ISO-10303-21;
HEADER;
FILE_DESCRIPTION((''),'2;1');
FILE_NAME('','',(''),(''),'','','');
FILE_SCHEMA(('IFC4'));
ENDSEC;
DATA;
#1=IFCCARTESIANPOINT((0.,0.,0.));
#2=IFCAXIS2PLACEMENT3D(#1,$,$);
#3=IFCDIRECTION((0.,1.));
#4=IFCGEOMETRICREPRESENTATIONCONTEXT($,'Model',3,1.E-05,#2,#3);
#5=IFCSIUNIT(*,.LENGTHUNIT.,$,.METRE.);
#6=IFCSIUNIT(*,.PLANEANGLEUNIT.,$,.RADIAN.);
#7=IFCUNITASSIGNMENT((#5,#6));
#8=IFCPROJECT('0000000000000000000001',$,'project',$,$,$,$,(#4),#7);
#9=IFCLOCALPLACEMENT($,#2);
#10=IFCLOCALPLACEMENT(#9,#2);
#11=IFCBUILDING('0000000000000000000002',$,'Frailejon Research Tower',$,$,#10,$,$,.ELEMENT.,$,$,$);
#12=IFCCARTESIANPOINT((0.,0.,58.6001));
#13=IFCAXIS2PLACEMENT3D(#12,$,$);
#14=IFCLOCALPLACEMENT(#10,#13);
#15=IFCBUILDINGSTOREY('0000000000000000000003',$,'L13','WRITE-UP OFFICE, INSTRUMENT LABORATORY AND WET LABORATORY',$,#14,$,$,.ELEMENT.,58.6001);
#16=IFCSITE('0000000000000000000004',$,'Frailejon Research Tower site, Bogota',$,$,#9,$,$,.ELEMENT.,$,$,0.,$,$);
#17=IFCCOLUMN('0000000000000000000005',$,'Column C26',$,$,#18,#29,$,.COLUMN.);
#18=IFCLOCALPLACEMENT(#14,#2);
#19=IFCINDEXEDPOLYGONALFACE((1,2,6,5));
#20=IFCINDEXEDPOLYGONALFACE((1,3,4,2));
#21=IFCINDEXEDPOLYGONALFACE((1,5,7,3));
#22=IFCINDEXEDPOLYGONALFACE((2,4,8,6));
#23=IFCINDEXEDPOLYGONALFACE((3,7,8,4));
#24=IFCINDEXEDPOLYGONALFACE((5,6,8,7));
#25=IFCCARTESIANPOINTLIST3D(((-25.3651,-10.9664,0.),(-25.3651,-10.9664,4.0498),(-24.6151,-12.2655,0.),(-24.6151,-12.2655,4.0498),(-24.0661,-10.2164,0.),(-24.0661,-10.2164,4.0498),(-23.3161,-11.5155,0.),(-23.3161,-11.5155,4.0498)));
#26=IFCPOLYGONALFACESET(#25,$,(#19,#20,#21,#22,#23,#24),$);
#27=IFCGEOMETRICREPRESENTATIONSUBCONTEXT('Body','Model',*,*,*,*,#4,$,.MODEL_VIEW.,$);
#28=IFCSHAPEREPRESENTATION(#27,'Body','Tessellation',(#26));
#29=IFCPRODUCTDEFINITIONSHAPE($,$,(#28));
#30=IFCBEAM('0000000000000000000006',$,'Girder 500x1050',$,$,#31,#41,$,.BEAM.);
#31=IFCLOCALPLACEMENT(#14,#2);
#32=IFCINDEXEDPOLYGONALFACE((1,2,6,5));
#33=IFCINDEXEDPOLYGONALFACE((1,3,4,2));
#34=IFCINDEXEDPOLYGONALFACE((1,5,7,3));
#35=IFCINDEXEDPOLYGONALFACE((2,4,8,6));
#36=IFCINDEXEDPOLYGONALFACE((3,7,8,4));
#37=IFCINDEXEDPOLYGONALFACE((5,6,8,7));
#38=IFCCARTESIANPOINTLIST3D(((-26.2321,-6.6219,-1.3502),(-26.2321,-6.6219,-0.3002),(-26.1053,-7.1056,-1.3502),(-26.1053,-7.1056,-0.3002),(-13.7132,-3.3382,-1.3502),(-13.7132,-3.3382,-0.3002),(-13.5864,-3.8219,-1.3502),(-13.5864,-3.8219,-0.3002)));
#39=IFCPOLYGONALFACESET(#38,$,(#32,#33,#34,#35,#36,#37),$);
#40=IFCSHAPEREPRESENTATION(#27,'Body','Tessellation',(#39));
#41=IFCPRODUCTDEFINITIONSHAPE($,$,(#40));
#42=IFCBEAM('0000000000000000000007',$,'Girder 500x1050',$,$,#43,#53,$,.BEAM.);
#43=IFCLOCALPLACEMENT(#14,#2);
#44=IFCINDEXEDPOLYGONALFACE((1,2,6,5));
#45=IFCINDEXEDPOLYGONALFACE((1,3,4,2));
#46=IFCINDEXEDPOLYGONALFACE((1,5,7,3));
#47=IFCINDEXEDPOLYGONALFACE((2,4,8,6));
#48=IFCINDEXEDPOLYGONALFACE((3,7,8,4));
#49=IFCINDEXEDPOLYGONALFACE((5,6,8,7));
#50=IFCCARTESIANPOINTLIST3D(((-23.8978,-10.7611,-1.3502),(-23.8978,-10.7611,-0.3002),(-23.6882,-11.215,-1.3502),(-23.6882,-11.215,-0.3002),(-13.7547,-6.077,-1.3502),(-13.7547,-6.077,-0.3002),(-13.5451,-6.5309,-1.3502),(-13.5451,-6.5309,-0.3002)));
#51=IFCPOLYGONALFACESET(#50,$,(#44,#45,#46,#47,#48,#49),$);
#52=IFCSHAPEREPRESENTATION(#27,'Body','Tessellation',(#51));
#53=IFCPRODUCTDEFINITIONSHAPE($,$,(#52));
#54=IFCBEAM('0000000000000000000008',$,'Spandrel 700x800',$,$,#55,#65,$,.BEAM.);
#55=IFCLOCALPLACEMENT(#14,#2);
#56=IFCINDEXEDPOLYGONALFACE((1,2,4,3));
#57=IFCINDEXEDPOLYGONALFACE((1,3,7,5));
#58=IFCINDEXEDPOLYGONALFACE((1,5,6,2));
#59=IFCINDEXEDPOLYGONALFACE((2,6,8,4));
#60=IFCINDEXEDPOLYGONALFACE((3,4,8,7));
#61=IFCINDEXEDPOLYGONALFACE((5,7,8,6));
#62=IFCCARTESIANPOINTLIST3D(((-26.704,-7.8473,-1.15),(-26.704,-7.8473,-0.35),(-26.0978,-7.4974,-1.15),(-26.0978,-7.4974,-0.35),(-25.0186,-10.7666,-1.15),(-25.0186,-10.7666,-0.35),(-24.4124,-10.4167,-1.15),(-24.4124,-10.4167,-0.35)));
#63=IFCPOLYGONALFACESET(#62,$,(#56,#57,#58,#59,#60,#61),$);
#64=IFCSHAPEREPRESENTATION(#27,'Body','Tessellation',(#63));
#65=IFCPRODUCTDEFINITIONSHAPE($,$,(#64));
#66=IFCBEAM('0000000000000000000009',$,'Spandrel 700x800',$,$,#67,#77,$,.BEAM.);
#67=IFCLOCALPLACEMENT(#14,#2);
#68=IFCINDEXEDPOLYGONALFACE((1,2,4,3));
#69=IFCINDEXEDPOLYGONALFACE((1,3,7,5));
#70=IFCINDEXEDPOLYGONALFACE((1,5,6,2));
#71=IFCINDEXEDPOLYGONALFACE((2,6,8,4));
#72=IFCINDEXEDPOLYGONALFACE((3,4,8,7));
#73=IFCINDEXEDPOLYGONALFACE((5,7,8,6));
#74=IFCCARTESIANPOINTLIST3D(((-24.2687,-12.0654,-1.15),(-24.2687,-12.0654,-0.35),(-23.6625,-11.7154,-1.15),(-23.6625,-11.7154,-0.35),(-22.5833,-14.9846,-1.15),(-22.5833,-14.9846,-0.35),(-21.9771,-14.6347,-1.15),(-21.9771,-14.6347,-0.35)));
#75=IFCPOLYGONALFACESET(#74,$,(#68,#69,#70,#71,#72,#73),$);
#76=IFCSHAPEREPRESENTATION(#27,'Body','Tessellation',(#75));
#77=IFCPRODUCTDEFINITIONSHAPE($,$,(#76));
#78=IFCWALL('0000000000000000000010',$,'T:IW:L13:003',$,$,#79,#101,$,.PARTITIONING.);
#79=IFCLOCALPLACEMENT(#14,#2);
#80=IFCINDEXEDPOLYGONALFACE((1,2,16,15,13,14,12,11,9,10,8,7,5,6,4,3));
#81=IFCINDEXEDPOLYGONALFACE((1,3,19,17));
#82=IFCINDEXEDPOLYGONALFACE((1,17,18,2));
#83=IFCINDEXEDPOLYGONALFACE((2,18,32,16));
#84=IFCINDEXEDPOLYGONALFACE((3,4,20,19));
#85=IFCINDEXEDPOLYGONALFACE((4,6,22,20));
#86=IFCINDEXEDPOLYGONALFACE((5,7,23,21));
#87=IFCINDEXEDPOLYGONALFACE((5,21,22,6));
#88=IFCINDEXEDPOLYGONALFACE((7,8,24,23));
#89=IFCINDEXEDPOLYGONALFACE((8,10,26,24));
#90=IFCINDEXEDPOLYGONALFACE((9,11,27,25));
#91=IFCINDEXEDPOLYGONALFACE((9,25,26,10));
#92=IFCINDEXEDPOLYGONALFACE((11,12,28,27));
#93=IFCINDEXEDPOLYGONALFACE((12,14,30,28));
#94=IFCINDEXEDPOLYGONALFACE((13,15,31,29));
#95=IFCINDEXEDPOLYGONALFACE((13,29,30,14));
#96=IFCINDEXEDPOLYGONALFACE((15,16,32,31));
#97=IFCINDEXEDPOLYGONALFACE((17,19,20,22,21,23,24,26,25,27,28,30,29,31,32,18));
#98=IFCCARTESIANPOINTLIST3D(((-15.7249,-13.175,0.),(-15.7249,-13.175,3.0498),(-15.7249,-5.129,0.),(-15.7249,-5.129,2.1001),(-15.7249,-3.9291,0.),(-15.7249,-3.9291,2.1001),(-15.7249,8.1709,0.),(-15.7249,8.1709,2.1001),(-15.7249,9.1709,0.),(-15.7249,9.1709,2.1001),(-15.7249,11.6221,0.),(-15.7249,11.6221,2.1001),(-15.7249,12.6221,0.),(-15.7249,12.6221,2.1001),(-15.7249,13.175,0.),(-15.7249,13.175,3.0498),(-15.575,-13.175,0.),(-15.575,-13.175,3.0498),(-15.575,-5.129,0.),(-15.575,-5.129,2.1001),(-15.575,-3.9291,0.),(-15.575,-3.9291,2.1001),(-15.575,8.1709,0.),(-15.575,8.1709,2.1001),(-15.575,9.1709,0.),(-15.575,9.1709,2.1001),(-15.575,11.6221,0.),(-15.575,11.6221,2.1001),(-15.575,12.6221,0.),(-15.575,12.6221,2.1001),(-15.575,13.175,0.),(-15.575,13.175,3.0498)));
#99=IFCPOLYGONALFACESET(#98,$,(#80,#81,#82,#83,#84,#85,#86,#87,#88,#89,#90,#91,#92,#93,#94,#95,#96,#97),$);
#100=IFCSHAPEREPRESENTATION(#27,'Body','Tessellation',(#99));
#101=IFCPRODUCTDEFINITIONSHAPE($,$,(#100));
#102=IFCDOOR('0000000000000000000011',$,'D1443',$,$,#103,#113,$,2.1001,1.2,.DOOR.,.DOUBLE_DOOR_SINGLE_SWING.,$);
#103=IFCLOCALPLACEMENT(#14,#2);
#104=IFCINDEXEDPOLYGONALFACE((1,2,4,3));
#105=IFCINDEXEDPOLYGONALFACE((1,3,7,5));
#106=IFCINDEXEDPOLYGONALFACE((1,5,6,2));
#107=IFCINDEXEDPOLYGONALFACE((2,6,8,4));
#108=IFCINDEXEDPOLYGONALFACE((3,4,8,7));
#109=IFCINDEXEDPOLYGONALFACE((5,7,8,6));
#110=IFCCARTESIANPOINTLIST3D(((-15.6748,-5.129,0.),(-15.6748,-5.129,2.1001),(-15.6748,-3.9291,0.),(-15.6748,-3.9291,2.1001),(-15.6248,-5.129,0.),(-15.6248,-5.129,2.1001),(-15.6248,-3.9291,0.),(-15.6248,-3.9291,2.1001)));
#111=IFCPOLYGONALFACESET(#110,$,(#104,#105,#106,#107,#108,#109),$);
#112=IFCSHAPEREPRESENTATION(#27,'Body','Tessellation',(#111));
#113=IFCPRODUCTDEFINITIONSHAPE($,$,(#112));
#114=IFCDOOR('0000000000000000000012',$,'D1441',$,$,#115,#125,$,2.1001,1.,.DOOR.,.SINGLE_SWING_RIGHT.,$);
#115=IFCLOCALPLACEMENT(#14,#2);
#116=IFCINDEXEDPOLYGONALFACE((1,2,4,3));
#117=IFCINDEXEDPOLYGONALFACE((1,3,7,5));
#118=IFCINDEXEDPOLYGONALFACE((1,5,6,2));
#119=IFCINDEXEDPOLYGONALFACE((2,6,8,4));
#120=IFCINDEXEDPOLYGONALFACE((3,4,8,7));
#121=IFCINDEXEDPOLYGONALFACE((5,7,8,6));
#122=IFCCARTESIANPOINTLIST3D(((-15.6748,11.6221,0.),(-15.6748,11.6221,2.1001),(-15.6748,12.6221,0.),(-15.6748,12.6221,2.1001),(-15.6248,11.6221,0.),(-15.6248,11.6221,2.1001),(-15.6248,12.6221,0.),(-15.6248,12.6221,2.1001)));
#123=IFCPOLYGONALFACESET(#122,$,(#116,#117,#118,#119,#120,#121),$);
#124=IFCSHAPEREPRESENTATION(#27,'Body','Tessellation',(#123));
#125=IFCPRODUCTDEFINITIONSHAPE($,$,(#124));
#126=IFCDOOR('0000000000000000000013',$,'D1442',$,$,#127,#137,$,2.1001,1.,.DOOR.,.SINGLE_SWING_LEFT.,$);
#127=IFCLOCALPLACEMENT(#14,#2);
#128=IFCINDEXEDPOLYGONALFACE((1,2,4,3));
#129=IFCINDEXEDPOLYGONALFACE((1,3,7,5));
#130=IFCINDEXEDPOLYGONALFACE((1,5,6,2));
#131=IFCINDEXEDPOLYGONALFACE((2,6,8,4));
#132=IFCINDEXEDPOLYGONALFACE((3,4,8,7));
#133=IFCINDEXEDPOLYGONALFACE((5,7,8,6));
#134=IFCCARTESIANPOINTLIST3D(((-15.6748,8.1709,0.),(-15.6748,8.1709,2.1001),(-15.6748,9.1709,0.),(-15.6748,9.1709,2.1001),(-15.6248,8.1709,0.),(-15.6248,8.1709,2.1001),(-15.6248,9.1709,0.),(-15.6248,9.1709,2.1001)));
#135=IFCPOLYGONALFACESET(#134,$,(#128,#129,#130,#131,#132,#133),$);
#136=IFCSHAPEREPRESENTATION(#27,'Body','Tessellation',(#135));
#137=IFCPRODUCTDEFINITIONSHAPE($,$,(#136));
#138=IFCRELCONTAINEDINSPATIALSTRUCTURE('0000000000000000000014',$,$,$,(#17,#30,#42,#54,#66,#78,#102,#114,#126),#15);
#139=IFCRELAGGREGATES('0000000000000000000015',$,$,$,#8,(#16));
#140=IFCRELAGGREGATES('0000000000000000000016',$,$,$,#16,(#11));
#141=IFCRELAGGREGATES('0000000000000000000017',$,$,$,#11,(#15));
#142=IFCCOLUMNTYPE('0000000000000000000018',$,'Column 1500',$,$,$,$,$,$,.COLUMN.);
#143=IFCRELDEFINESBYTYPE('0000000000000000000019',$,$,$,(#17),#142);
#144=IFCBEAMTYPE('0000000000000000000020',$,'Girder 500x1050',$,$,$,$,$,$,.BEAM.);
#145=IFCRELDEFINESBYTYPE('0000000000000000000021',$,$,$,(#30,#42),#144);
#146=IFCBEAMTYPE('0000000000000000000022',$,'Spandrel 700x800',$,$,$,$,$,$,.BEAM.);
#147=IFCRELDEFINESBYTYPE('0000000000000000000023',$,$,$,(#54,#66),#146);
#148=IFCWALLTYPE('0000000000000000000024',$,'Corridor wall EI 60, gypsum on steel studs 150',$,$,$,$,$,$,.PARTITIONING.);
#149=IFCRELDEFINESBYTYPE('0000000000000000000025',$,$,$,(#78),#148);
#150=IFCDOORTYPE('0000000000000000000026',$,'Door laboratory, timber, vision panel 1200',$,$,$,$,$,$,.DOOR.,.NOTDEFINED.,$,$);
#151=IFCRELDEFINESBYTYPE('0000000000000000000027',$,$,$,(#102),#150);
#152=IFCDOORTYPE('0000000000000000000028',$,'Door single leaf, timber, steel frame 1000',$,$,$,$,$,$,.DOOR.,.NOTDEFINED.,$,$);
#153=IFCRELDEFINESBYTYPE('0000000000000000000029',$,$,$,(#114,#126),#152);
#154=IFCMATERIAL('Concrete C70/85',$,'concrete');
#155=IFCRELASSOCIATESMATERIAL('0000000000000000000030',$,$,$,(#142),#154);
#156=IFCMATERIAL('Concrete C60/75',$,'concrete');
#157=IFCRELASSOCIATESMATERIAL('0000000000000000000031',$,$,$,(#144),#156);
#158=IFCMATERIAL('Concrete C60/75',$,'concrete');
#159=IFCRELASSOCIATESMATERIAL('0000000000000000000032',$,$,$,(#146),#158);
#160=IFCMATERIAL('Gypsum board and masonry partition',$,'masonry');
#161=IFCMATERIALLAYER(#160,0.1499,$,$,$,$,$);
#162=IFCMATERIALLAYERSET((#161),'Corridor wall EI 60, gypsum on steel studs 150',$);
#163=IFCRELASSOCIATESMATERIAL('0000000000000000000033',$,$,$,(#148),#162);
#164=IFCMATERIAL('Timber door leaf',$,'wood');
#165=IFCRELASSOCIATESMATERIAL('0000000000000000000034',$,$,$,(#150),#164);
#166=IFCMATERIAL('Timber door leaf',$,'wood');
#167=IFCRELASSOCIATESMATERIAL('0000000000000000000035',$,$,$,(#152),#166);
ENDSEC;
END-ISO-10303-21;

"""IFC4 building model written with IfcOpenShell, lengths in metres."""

from ifc_helpers import new_model, si_unit, direction, frame, frame_2d, origin, origin_2d, place, context, subcontext, project, spatial, rectangle, extrude, material, layer, layer_set, material_profile, profile_set, type_object, element, fill, save


model = new_model("IFC4")

# Units and contexts
model_context = context("Model", 3, precision=1e-05, world=origin(), true_north=direction((0.0, 1.0)))
body_context = subcontext(model_context, "Body", "Model", "MODEL_VIEW")
ifc_project = project(units=[si_unit("LENGTHUNIT", "METRE"), si_unit("PLANEANGLEUNIT", "RADIAN")], contexts=[model_context])

# Site, building, storey
site_placement = place(None, origin())
site = spatial("IfcSite", under=ifc_project, at=site_placement, Name="Frailejon Research Tower site, Bogota", CompositionType="ELEMENT", RefElevation=0.0)
building_placement = place(site_placement, origin())
building = spatial("IfcBuilding", under=site, at=building_placement, Name="Frailejon Research Tower", CompositionType="ELEMENT")
storey_placement = place(building_placement, frame((0.0, 0.0, 58.6001)))
storey = spatial("IfcBuildingStorey", under=building, at=storey_placement, Name="L13", Description="WRITE-UP OFFICE, INSTRUMENT LABORATORY AND WET LABORATORY", CompositionType="ELEMENT", Elevation=58.6001)

# Column
ifc_material_1 = material(Name="Concrete C70/85", Category="concrete")
ifc_material_profile_1 = material_profile(ifc_material_1, rectangle(XDim=1.5, YDim=1.5, at=origin_2d()), Name="Column 1500")
ifc_profile_set_1 = profile_set([ifc_material_profile_1], Name="Concrete C70/85")
column_type = type_object("IfcColumnType", Name="Column 1500", PredefinedType="COLUMN", material=ifc_profile_set_1)
column_placement = place(storey_placement, frame((-24.3406, -11.241, 0.0), z_axis=(0.0, 0.0, 1.0), x_axis=(0.5, -0.866025, 0.0)))
element("IfcColumn", 1, at=column_placement, inside=storey, type_object=column_type, Name="Column C26", PredefinedType="COLUMN", context=body_context, shape_type="SweptSolid", body=[
    extrude(rectangle(XDim=1.5, YDim=1.5, at=origin_2d()), origin(), (0.0, 0.0, 1.0), 4.0498),
])

# Beams
ifc_material_2 = material(Name="Concrete C60/75", Category="concrete")
ifc_material_profile_2 = material_profile(ifc_material_2, rectangle(XDim=0.5, YDim=1.05, at=origin_2d()), Name="Girder 500x1050")
ifc_profile_set_2 = profile_set([ifc_material_profile_2], Name="Concrete C60/75")
beam_type_1 = type_object("IfcBeamType", Name="Girder 500x1050", PredefinedType="BEAM", material=ifc_profile_set_2)
beam_1_placement = place(storey_placement, frame((-26.1687, -6.8638, -0.8252), z_axis=(0.967278, 0.253718, 0.0), x_axis=(-0.253718, 0.967278, 0.0)))
element("IfcBeam", 2, at=beam_1_placement, inside=storey, type_object=beam_type_1, Name="Girder 500x1050", PredefinedType="BEAM", context=body_context, shape_type="SweptSolid", body=[
    extrude(rectangle(XDim=0.5, YDim=1.05, at=origin_2d()), origin(), (0.0, 0.0, 1.0), 12.9424),
])
beam_2_placement = place(storey_placement, frame((-23.793, -10.988, -0.8252), z_axis=(0.907869, 0.419255, 0.0), x_axis=(-0.419255, 0.907869, 0.0)))
element("IfcBeam", 3, at=beam_2_placement, inside=storey, type_object=beam_type_1, Name="Girder 500x1050", PredefinedType="BEAM", context=body_context, shape_type="SweptSolid", body=[
    extrude(rectangle(XDim=0.5, YDim=1.05, at=origin_2d()), origin(), (0.0, 0.0, 1.0), 11.1724),
])
ifc_material_3 = material(Name="Concrete C60/75", Category="concrete")
ifc_material_profile_3 = material_profile(ifc_material_3, rectangle(XDim=0.7, YDim=0.8, at=origin_2d()), Name="Spandrel 700x800")
ifc_profile_set_3 = profile_set([ifc_material_profile_3], Name="Concrete C60/75")
beam_type_2 = type_object("IfcBeamType", Name="Spandrel 700x800", PredefinedType="BEAM", material=ifc_profile_set_3)
for number, where, z_axis, x_axis, name in (
    (4, (-26.4009, -7.6724, -0.75), (0.49998, -0.866037, 0.0), (0.866037, 0.49998, 0.0), "Spandrel 700x800"),
    (5, (-23.9656, -11.8904, -0.75), (0.49998, -0.866037, 0.0), (0.866037, 0.49998, 0.0), "Spandrel 700x800"),
):
    element("IfcBeam", number, at=place(storey_placement, frame(where, z_axis=z_axis, x_axis=x_axis)), inside=storey, type_object=beam_type_2, Name=name, PredefinedType="BEAM", context=body_context, shape_type="SweptSolid", body=[
        extrude(rectangle(XDim=0.7, YDim=0.8, at=origin_2d()), origin(), (0.0, 0.0, 1.0), 3.3708),
    ])

# Wall, openings, doors
ifc_material_4 = material(Name="Gypsum board and masonry partition", Category="masonry")
ifc_layer_1 = layer(ifc_material_4, 0.1499)
ifc_layer_set_1 = layer_set([ifc_layer_1], Name="Corridor wall EI 60, gypsum on steel studs 150")
wall_type_1 = type_object("IfcWallType", Name="Corridor wall EI 60, gypsum on steel studs 150", PredefinedType="PARTITIONING", material=ifc_layer_set_1)
wall_1_placement = place(storey_placement, frame((-15.6499, -13.175, 0.0), z_axis=(0.0, 0.0, 1.0), x_axis=(0.0, 1.0, 0.0)))
wall_1 = element("IfcWall", 6, at=wall_1_placement, inside=storey, type_object=wall_type_1, Name="T:IW:L13:003", PredefinedType="PARTITIONING", context=body_context, shape_type="SweptSolid", body=[
    extrude(rectangle(XDim=26.3501, YDim=0.1499, at=frame_2d((13.175, 0.0))), origin(), (0.0, 0.0, 1.0), 3.0498),
])
opening_1_placement = place(wall_1_placement, frame((24.7971, 0.0, 0.0)))
opening_1 = element("IfcOpeningElement", 7, at=opening_1_placement, cuts=wall_1, PredefinedType="OPENING", context=body_context, shape_type="SweptSolid", body=[
    extrude(rectangle(XDim=1.0, YDim=2.1001, at=frame_2d((0.5, 1.05))), frame((0.0, 0.085, 0.0), z_axis=(0.0, -1.0, 0.0), x_axis=(1.0, 0.0, 0.0)), (0.0, 0.0, 1.0), 0.1699),
])
opening_2_placement = place(wall_1_placement, frame((21.3459, 0.0, 0.0)))
opening_2 = element("IfcOpeningElement", 8, at=opening_2_placement, cuts=wall_1, PredefinedType="OPENING", context=body_context, shape_type="SweptSolid", body=[
    extrude(rectangle(XDim=1.0, YDim=2.1001, at=frame_2d((0.5, 1.05))), frame((0.0, 0.085, 0.0), z_axis=(0.0, -1.0, 0.0), x_axis=(1.0, 0.0, 0.0)), (0.0, 0.0, 1.0), 0.1699),
])
opening_3_placement = place(wall_1_placement, frame((8.0459, 0.0, 0.0)))
opening_3 = element("IfcOpeningElement", 9, at=opening_3_placement, cuts=wall_1, PredefinedType="OPENING", context=body_context, shape_type="SweptSolid", body=[
    extrude(rectangle(XDim=1.2, YDim=2.1001, at=frame_2d((0.6001, 1.05))), frame((0.0, 0.085, 0.0), z_axis=(0.0, -1.0, 0.0), x_axis=(1.0, 0.0, 0.0)), (0.0, 0.0, 1.0), 0.1699),
])
ifc_material_5 = material(Name="Timber door leaf", Category="wood")
door_type_1 = type_object("IfcDoorType", Name="Door laboratory, timber, vision panel 1200", OperationType="NOTDEFINED", PredefinedType="DOOR", material=ifc_material_5)
door_1_placement = place(opening_3_placement, origin())
door_1 = element("IfcDoor", 10, at=door_1_placement, inside=storey, type_object=door_type_1, Name="D1443", OperationType="DOUBLE_DOOR_SINGLE_SWING", OverallHeight=2.1001, OverallWidth=1.2, PredefinedType="DOOR", context=body_context, shape_type="SweptSolid", body=[
    extrude(rectangle(XDim=1.2, YDim=2.1001, at=frame_2d((0.6001, 1.05))), frame((0.0, 0.0249, 0.0), z_axis=(0.0, -1.0, 0.0), x_axis=(1.0, 0.0, 0.0)), (0.0, 0.0, 1.0), 0.05),
])
fill(opening_3, door_1)
ifc_material_6 = material(Name="Timber door leaf", Category="wood")
door_type_2 = type_object("IfcDoorType", Name="Door single leaf, timber, steel frame 1000", OperationType="NOTDEFINED", PredefinedType="DOOR", material=ifc_material_6)
door_2_placement = place(opening_1_placement, origin())
door_2 = element("IfcDoor", 11, at=door_2_placement, inside=storey, type_object=door_type_2, Name="D1441", OperationType="SINGLE_SWING_RIGHT", OverallHeight=2.1001, OverallWidth=1.0, PredefinedType="DOOR", context=body_context, shape_type="SweptSolid", body=[
    extrude(rectangle(XDim=1.0, YDim=2.1001, at=frame_2d((0.5, 1.05))), frame((0.0, 0.0249, 0.0), z_axis=(0.0, -1.0, 0.0), x_axis=(1.0, 0.0, 0.0)), (0.0, 0.0, 1.0), 0.05),
])
fill(opening_1, door_2)
door_3_placement = place(opening_2_placement, origin())
door_3 = element("IfcDoor", 12, at=door_3_placement, inside=storey, type_object=door_type_2, Name="D1442", OperationType="SINGLE_SWING_LEFT", OverallHeight=2.1001, OverallWidth=1.0, PredefinedType="DOOR", context=body_context, shape_type="SweptSolid", body=[
    extrude(rectangle(XDim=1.0, YDim=2.1001, at=frame_2d((0.5, 1.05))), frame((0.0, 0.0249, 0.0), z_axis=(0.0, -1.0, 0.0), x_axis=(1.0, 0.0, 0.0)), (0.0, 0.0, 1.0), 0.05),
])
fill(opening_2, door_3)

save(model, "model.ifc")
